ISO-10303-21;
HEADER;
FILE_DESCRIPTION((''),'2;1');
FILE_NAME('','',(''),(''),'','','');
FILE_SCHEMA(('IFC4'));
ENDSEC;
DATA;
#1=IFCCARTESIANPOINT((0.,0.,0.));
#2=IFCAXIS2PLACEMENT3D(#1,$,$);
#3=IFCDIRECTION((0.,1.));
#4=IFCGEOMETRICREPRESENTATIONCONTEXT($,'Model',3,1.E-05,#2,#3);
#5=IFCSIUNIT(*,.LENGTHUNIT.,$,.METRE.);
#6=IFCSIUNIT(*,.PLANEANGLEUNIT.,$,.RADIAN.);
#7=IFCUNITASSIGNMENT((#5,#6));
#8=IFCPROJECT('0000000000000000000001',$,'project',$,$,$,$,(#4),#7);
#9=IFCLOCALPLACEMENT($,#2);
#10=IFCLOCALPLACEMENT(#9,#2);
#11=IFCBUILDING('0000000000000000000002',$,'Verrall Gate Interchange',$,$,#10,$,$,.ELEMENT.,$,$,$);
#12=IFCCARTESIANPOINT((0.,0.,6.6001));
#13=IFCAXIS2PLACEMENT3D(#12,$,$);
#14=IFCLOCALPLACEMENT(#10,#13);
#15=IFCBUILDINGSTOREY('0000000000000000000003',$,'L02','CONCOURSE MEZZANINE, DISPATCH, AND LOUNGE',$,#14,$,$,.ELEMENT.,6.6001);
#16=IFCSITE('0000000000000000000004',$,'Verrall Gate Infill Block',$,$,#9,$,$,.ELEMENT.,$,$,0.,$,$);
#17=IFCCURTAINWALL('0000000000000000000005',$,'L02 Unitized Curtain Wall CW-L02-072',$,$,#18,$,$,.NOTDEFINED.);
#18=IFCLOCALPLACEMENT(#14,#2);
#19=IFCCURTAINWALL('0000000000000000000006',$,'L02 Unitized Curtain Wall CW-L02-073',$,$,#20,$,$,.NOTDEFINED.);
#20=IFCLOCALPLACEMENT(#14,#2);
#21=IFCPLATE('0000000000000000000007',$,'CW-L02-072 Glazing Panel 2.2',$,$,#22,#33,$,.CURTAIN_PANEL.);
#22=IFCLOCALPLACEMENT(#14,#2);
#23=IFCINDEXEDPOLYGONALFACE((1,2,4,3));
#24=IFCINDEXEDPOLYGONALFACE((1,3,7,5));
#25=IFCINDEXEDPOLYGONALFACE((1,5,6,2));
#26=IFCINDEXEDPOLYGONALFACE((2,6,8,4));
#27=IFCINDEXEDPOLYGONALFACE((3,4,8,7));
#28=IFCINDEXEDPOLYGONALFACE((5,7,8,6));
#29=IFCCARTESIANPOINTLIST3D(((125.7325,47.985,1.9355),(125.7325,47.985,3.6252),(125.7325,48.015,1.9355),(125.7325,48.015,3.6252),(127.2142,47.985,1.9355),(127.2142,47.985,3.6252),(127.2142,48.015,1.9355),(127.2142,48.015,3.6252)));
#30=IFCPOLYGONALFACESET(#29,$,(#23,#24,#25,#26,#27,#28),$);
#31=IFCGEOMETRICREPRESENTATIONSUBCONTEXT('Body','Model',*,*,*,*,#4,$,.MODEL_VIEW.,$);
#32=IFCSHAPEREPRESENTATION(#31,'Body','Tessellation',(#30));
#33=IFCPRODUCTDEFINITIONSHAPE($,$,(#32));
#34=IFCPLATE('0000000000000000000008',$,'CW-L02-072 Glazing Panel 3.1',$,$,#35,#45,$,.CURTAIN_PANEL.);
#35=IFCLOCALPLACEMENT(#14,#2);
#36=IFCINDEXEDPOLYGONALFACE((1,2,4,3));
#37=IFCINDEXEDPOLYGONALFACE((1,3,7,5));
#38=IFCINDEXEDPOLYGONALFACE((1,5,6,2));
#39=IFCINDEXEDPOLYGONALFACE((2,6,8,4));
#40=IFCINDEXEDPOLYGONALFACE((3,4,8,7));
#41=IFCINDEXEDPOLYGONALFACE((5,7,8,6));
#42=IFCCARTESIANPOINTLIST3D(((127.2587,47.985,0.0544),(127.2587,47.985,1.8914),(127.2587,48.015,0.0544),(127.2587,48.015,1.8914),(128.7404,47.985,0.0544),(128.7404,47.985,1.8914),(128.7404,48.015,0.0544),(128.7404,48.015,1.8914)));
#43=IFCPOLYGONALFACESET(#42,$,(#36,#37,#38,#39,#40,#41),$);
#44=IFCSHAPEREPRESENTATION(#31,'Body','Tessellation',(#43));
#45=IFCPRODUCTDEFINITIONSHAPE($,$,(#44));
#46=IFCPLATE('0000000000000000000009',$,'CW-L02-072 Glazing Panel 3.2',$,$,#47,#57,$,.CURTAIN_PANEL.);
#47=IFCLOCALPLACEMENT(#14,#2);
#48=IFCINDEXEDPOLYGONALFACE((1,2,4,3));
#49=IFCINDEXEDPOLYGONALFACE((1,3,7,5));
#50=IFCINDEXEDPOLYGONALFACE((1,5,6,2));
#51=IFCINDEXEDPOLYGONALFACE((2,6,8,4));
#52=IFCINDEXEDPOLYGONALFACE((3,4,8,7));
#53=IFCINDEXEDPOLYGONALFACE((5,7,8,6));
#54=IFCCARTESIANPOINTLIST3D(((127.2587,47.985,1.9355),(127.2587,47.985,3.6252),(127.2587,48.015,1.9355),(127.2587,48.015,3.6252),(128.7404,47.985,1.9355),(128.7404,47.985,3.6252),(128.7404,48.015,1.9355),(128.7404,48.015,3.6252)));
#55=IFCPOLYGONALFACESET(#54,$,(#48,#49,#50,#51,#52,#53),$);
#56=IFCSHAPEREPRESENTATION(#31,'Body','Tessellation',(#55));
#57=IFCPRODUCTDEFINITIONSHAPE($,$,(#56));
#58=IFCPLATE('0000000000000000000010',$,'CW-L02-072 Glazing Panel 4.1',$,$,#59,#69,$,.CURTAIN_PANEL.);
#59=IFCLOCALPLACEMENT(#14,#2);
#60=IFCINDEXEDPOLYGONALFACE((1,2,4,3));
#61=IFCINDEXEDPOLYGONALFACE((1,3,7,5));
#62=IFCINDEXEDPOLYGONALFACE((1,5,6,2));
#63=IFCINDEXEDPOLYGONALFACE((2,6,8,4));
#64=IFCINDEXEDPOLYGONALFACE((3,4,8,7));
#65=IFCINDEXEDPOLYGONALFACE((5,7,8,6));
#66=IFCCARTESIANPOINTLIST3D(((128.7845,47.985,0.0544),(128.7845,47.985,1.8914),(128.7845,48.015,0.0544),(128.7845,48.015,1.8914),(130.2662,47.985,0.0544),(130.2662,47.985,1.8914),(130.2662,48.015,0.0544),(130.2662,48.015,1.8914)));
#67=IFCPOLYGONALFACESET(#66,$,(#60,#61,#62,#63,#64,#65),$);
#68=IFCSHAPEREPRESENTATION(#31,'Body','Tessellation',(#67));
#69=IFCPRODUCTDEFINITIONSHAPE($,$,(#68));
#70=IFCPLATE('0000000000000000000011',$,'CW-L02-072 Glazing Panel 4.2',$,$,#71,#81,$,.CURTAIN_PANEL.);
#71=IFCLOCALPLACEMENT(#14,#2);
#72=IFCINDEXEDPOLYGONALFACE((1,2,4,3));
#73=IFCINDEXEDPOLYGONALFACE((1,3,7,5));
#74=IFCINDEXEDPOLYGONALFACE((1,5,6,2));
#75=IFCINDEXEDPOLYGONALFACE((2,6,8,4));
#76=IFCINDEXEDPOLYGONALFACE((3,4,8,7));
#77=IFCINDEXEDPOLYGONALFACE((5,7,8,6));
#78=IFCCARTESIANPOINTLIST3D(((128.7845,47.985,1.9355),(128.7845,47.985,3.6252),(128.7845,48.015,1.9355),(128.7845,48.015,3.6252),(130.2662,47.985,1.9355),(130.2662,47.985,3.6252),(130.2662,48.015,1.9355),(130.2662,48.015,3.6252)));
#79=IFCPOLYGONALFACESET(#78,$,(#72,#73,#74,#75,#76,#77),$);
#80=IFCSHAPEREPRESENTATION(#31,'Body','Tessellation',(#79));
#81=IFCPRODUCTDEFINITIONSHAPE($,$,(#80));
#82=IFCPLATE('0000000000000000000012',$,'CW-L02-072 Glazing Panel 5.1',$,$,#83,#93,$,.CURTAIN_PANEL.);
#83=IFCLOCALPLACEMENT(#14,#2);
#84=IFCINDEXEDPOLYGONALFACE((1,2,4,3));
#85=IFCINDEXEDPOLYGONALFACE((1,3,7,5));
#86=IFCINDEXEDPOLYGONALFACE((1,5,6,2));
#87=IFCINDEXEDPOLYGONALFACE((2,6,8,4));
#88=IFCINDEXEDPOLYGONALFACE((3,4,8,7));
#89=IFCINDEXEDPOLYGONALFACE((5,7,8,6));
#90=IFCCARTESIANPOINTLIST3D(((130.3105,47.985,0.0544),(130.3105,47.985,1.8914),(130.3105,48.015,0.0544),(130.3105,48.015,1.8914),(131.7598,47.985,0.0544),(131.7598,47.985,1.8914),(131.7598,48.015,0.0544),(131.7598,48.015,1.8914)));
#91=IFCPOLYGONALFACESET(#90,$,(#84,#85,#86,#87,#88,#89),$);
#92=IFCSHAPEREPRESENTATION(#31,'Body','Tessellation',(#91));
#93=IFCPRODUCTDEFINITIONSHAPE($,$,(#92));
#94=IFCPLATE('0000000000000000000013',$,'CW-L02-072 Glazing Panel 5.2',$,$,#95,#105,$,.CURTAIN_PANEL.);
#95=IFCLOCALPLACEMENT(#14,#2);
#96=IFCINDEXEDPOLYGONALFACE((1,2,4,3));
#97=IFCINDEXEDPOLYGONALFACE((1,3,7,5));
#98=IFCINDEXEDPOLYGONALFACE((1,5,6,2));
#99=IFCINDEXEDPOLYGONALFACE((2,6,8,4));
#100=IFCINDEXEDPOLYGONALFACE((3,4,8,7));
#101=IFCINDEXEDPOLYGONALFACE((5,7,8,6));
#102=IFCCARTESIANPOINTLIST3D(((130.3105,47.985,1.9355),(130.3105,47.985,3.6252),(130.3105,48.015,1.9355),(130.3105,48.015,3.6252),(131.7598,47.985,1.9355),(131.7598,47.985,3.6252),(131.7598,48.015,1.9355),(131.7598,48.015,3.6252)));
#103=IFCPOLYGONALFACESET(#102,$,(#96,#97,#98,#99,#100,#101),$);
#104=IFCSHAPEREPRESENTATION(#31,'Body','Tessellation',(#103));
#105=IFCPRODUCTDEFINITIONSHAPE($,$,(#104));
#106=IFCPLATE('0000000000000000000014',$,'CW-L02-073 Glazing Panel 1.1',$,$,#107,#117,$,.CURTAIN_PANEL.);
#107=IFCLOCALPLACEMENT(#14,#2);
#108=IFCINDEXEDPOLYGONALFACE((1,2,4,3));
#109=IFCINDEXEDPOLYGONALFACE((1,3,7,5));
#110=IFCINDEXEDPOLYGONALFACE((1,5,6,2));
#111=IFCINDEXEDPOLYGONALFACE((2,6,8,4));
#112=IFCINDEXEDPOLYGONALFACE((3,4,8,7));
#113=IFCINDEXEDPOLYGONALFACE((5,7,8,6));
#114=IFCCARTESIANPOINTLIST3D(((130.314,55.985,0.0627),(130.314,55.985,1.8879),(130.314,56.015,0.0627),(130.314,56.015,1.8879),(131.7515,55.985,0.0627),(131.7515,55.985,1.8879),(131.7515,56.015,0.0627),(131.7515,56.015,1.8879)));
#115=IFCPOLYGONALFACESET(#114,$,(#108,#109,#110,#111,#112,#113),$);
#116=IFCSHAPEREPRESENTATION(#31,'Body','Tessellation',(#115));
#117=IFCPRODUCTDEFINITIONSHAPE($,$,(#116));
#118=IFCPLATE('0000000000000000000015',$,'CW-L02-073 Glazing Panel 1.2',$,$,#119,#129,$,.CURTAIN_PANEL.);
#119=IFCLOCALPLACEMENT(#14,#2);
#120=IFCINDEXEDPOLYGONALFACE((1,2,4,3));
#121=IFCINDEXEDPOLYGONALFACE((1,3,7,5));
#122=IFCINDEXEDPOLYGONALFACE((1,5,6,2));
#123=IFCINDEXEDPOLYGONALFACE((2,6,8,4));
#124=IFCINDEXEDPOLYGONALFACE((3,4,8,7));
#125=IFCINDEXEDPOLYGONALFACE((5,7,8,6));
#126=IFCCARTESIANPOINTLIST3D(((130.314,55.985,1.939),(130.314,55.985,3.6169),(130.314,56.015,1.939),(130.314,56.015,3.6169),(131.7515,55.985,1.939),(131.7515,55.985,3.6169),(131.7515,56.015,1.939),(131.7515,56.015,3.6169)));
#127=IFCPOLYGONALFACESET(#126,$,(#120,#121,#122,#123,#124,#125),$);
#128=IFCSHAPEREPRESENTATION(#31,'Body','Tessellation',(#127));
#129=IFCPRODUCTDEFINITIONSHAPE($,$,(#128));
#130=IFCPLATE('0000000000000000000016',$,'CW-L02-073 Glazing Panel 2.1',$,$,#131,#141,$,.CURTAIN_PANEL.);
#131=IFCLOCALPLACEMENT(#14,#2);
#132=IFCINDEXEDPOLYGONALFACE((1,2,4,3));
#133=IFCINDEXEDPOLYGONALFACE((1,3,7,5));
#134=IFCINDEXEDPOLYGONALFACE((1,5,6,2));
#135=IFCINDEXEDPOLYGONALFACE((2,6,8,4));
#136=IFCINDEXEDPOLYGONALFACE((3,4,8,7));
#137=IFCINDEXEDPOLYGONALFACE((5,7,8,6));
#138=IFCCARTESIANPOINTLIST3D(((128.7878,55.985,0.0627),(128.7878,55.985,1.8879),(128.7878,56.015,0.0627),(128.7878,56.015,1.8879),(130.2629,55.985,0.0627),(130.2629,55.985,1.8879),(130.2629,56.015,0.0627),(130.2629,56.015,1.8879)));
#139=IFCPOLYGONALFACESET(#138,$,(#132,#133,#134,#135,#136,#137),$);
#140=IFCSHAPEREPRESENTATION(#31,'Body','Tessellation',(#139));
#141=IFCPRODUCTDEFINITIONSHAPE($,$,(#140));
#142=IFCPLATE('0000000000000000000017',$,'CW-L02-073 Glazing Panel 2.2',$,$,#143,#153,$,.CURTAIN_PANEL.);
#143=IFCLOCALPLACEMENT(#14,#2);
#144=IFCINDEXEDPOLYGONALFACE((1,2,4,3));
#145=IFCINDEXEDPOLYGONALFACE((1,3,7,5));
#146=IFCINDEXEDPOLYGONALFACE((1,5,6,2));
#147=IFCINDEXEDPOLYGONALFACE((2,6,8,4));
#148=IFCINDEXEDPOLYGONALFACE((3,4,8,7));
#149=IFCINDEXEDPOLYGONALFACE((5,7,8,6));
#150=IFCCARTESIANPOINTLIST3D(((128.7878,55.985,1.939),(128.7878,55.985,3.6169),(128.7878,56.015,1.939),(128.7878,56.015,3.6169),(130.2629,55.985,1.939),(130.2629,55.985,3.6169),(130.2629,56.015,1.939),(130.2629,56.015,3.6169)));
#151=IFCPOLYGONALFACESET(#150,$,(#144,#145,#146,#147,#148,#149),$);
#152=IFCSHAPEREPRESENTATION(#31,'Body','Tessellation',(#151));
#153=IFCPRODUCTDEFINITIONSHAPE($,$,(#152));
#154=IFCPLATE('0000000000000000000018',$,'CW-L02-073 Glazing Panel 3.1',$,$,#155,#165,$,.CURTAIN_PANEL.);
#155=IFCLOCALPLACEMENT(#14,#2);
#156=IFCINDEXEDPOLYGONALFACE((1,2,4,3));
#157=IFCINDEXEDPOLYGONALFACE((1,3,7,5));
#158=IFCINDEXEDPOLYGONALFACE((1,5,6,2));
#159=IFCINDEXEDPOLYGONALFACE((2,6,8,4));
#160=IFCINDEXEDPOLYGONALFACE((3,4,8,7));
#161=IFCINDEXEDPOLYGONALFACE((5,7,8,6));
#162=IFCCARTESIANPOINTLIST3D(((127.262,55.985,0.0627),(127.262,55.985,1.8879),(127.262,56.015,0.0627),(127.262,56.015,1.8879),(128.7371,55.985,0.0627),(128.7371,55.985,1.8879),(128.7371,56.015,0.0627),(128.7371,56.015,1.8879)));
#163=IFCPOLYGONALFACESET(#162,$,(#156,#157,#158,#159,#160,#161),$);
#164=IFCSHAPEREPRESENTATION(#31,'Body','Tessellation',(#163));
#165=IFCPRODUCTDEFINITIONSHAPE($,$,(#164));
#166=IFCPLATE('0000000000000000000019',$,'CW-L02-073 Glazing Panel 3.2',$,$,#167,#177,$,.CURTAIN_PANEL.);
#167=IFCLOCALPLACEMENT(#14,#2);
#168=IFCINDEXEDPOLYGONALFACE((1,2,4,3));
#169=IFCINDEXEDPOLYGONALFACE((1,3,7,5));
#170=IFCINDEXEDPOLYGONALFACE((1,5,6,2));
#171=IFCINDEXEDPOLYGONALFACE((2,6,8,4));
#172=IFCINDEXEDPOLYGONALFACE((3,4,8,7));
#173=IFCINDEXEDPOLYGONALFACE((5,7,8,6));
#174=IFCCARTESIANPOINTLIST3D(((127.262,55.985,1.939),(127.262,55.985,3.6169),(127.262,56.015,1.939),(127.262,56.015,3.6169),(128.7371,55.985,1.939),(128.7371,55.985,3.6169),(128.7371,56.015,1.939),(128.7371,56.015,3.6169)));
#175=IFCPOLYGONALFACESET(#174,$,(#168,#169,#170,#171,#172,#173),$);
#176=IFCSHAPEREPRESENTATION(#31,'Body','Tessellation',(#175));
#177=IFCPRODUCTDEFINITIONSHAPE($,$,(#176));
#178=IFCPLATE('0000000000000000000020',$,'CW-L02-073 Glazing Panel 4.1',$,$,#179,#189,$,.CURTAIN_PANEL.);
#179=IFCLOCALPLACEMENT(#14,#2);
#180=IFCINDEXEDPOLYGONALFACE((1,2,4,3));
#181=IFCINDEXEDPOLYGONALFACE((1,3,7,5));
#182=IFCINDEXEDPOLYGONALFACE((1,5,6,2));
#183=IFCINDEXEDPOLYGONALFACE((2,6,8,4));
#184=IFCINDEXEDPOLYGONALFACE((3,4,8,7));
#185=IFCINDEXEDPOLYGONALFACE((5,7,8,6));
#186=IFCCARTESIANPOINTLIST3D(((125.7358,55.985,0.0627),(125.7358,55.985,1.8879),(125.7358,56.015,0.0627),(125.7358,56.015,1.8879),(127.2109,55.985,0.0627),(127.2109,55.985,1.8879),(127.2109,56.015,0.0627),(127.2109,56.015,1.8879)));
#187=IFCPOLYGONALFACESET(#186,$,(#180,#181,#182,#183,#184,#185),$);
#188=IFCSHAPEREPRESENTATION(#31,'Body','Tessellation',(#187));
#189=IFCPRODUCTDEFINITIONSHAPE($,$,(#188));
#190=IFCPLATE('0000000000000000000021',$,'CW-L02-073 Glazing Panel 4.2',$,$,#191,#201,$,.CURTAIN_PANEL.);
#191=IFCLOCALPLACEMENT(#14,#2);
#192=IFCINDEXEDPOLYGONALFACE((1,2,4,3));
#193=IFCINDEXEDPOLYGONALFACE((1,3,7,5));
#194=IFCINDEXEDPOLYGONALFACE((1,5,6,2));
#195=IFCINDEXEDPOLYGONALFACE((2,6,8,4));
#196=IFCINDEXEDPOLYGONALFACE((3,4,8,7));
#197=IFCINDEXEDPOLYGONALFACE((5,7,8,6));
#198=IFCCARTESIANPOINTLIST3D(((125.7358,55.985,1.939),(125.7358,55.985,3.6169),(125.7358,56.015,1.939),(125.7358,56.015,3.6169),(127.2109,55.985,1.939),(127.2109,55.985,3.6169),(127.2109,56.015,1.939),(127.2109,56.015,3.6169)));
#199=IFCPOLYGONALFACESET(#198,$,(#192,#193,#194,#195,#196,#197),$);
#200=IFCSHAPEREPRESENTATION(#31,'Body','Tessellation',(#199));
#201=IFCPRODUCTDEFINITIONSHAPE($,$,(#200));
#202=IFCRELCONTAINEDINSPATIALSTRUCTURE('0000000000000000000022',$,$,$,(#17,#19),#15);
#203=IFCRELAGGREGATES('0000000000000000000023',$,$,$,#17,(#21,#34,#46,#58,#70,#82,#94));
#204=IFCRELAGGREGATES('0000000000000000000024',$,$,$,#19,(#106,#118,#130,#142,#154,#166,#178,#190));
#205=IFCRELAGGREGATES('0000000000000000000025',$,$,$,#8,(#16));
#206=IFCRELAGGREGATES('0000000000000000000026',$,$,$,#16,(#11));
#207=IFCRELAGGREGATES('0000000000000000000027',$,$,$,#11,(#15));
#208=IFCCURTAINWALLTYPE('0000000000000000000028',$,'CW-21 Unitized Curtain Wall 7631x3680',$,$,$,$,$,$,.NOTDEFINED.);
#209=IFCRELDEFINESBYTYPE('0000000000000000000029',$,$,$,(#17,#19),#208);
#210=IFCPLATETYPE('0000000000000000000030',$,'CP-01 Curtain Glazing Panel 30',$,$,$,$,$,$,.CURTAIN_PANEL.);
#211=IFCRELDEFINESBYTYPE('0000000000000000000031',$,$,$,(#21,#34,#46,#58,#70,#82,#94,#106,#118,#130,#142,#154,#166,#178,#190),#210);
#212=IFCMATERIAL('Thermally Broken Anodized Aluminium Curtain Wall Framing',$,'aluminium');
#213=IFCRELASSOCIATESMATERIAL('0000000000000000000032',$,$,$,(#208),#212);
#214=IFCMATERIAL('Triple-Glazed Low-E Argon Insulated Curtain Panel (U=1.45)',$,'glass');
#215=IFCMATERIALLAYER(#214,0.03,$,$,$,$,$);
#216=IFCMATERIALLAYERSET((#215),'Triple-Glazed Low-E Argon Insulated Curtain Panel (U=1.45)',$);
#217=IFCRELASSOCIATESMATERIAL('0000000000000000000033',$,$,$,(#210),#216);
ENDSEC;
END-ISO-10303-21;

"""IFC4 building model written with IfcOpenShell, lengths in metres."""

from ifc_helpers import new_model, si_unit, direction, frame, origin, origin_2d, place, context, subcontext, project, spatial, rectangle, extrude, material, layer, layer_set, type_object, element, aggregate, save


model = new_model("IFC4")

# Units and contexts
model_context = context("Model", 3, precision=1e-05, world=origin(), true_north=direction((0.0, 1.0)))
body_context = subcontext(model_context, "Body", "Model", "MODEL_VIEW")
ifc_project = project(units=[si_unit("LENGTHUNIT", "METRE"), si_unit("PLANEANGLEUNIT", "RADIAN")], contexts=[model_context])

# Site, building, storey
site_placement = place(None, origin())
site = spatial("IfcSite", under=ifc_project, at=site_placement, Name="Verrall Gate Infill Block", CompositionType="ELEMENT", RefElevation=0.0)
building_placement = place(site_placement, origin())
building = spatial("IfcBuilding", under=site, at=building_placement, Name="Verrall Gate Interchange", CompositionType="ELEMENT")
storey_placement = place(building_placement, frame((0.0, 0.0, 6.6001)))
storey = spatial("IfcBuildingStorey", under=building, at=storey_placement, Name="L02", Description="CONCOURSE MEZZANINE, DISPATCH, AND LOUNGE", CompositionType="ELEMENT", Elevation=6.6001)

# Curtain walls
ifc_material_1 = material(Name="Thermally Broken Anodized Aluminium Curtain Wall Framing", Category="aluminium")
curtain_wall_type = type_object("IfcCurtainWallType", Name="CW-21 Unitized Curtain Wall 7631x3680", PredefinedType="NOTDEFINED", material=ifc_material_1)
curtain_wall_1_placement = place(storey_placement, origin())
curtain_wall_1 = element("IfcCurtainWall", 1, at=curtain_wall_1_placement, inside=storey, type_object=curtain_wall_type, Name="L02 Unitized Curtain Wall CW-L02-072", PredefinedType="NOTDEFINED")
curtain_wall_2_placement = place(storey_placement, origin())
curtain_wall_2 = element("IfcCurtainWall", 2, at=curtain_wall_2_placement, inside=storey, type_object=curtain_wall_type, Name="L02 Unitized Curtain Wall CW-L02-073", PredefinedType="NOTDEFINED")

# Plates
ifc_material_2 = material(Name="Triple-Glazed Low-E Argon Insulated Curtain Panel (U=1.45)", Category="glass")
ifc_layer_1 = layer(ifc_material_2, 0.03)
ifc_layer_set_1 = layer_set([ifc_layer_1], Name="Triple-Glazed Low-E Argon Insulated Curtain Panel (U=1.45)")
plate_type = type_object("IfcPlateType", Name="CP-01 Curtain Glazing Panel 30", PredefinedType="CURTAIN_PANEL", material=ifc_layer_set_1)
plate_1_placement = place(storey_placement, frame((126.4734, 48.0, 1.9355), z_axis=(0.0, 0.0, 1.0), x_axis=(1.0, 0.0, 0.0)))
plate_1 = element("IfcPlate", 3, at=plate_1_placement, type_object=plate_type, Name="CW-L02-072 Glazing Panel 2.2", PredefinedType="CURTAIN_PANEL", context=body_context, shape_type="SweptSolid", body=[
    extrude(rectangle(XDim=1.4817, YDim=0.03, at=origin_2d()), origin(), (0.0, 0.0, 1.0), 1.6897),
])
plate_2_placement = place(storey_placement, frame((127.9995, 48.0, 0.0544), z_axis=(0.0, 0.0, 1.0), x_axis=(1.0, 0.0, 0.0)))
plate_2 = element("IfcPlate", 4, at=plate_2_placement, type_object=plate_type, Name="CW-L02-072 Glazing Panel 3.1", PredefinedType="CURTAIN_PANEL", context=body_context, shape_type="SweptSolid", body=[
    extrude(rectangle(XDim=1.4817, YDim=0.03, at=origin_2d()), origin(), (0.0, 0.0, 1.0), 1.8369),
])
plate_3_placement = place(storey_placement, frame((127.9995, 48.0, 1.9355), z_axis=(0.0, 0.0, 1.0), x_axis=(1.0, 0.0, 0.0)))
plate_3 = element("IfcPlate", 5, at=plate_3_placement, type_object=plate_type, Name="CW-L02-072 Glazing Panel 3.2", PredefinedType="CURTAIN_PANEL", context=body_context, shape_type="SweptSolid", body=[
    extrude(rectangle(XDim=1.4817, YDim=0.03, at=origin_2d()), origin(), (0.0, 0.0, 1.0), 1.6897),
])
plate_4_placement = place(storey_placement, frame((129.5254, 48.0, 0.0544), z_axis=(0.0, 0.0, 1.0), x_axis=(1.0, 0.0, 0.0)))
plate_4 = element("IfcPlate", 6, at=plate_4_placement, type_object=plate_type, Name="CW-L02-072 Glazing Panel 4.1", PredefinedType="CURTAIN_PANEL", context=body_context, shape_type="SweptSolid", body=[
    extrude(rectangle(XDim=1.4817, YDim=0.03, at=origin_2d()), origin(), (0.0, 0.0, 1.0), 1.8369),
])
plate_5_placement = place(storey_placement, frame((129.5254, 48.0, 1.9355), z_axis=(0.0, 0.0, 1.0), x_axis=(1.0, 0.0, 0.0)))
plate_5 = element("IfcPlate", 7, at=plate_5_placement, type_object=plate_type, Name="CW-L02-072 Glazing Panel 4.2", PredefinedType="CURTAIN_PANEL", context=body_context, shape_type="SweptSolid", body=[
    extrude(rectangle(XDim=1.4817, YDim=0.03, at=origin_2d()), origin(), (0.0, 0.0, 1.0), 1.6897),
])
plate_6_placement = place(storey_placement, frame((131.0352, 48.0, 0.0544), z_axis=(0.0, 0.0, 1.0), x_axis=(1.0, 0.0, 0.0)))
plate_6 = element("IfcPlate", 8, at=plate_6_placement, type_object=plate_type, Name="CW-L02-072 Glazing Panel 5.1", PredefinedType="CURTAIN_PANEL", context=body_context, shape_type="SweptSolid", body=[
    extrude(rectangle(XDim=1.4492, YDim=0.03, at=origin_2d()), origin(), (0.0, 0.0, 1.0), 1.8369),
])
plate_7_placement = place(storey_placement, frame((131.0352, 48.0, 1.9355), z_axis=(0.0, 0.0, 1.0), x_axis=(1.0, 0.0, 0.0)))
plate_7 = element("IfcPlate", 9, at=plate_7_placement, type_object=plate_type, Name="CW-L02-072 Glazing Panel 5.2", PredefinedType="CURTAIN_PANEL", context=body_context, shape_type="SweptSolid", body=[
    extrude(rectangle(XDim=1.4492, YDim=0.03, at=origin_2d()), origin(), (0.0, 0.0, 1.0), 1.6897),
])
aggregate(curtain_wall_1, [plate_1, plate_2, plate_3, plate_4, plate_5, plate_6, plate_7])
plate_8_placement = place(storey_placement, frame((131.0327, 56.0, 0.0627), z_axis=(0.0, 0.0, 1.0), x_axis=(-1.0, 0.0, 0.0)))
plate_8 = element("IfcPlate", 10, at=plate_8_placement, type_object=plate_type, Name="CW-L02-073 Glazing Panel 1.1", PredefinedType="CURTAIN_PANEL", context=body_context, shape_type="SweptSolid", body=[
    extrude(rectangle(XDim=1.4375, YDim=0.03, at=origin_2d()), origin(), (0.0, 0.0, 1.0), 1.8252),
])
plate_9_placement = place(storey_placement, frame((131.0327, 56.0, 1.939), z_axis=(0.0, 0.0, 1.0), x_axis=(-1.0, 0.0, 0.0)))
plate_9 = element("IfcPlate", 11, at=plate_9_placement, type_object=plate_type, Name="CW-L02-073 Glazing Panel 1.2", PredefinedType="CURTAIN_PANEL", context=body_context, shape_type="SweptSolid", body=[
    extrude(rectangle(XDim=1.4375, YDim=0.03, at=origin_2d()), origin(), (0.0, 0.0, 1.0), 1.678),
])
plate_10_placement = place(storey_placement, frame((129.5254, 56.0, 0.0627), z_axis=(0.0, 0.0, 1.0), x_axis=(-1.0, 0.0, 0.0)))
plate_10 = element("IfcPlate", 12, at=plate_10_placement, type_object=plate_type, Name="CW-L02-073 Glazing Panel 2.1", PredefinedType="CURTAIN_PANEL", context=body_context, shape_type="SweptSolid", body=[
    extrude(rectangle(XDim=1.4751, YDim=0.03, at=origin_2d()), origin(), (0.0, 0.0, 1.0), 1.8252),
])
plate_11_placement = place(storey_placement, frame((129.5254, 56.0, 1.939), z_axis=(0.0, 0.0, 1.0), x_axis=(-1.0, 0.0, 0.0)))
plate_11 = element("IfcPlate", 13, at=plate_11_placement, type_object=plate_type, Name="CW-L02-073 Glazing Panel 2.2", PredefinedType="CURTAIN_PANEL", context=body_context, shape_type="SweptSolid", body=[
    extrude(rectangle(XDim=1.4751, YDim=0.03, at=origin_2d()), origin(), (0.0, 0.0, 1.0), 1.678),
])
plate_12_placement = place(storey_placement, frame((127.9995, 56.0, 0.0627), z_axis=(0.0, 0.0, 1.0), x_axis=(-1.0, 0.0, 0.0)))
plate_12 = element("IfcPlate", 14, at=plate_12_placement, type_object=plate_type, Name="CW-L02-073 Glazing Panel 3.1", PredefinedType="CURTAIN_PANEL", context=body_context, shape_type="SweptSolid", body=[
    extrude(rectangle(XDim=1.4751, YDim=0.03, at=origin_2d()), origin(), (0.0, 0.0, 1.0), 1.8252),
])
plate_13_placement = place(storey_placement, frame((127.9995, 56.0, 1.939), z_axis=(0.0, 0.0, 1.0), x_axis=(-1.0, 0.0, 0.0)))
plate_13 = element("IfcPlate", 15, at=plate_13_placement, type_object=plate_type, Name="CW-L02-073 Glazing Panel 3.2", PredefinedType="CURTAIN_PANEL", context=body_context, shape_type="SweptSolid", body=[
    extrude(rectangle(XDim=1.4751, YDim=0.03, at=origin_2d()), origin(), (0.0, 0.0, 1.0), 1.678),
])
plate_14_placement = place(storey_placement, frame((126.4734, 56.0, 0.0627), z_axis=(0.0, 0.0, 1.0), x_axis=(-1.0, 0.0, 0.0)))
plate_14 = element("IfcPlate", 16, at=plate_14_placement, type_object=plate_type, Name="CW-L02-073 Glazing Panel 4.1", PredefinedType="CURTAIN_PANEL", context=body_context, shape_type="SweptSolid", body=[
    extrude(rectangle(XDim=1.4751, YDim=0.03, at=origin_2d()), origin(), (0.0, 0.0, 1.0), 1.8252),
])
plate_15_placement = place(storey_placement, frame((126.4734, 56.0, 1.939), z_axis=(0.0, 0.0, 1.0), x_axis=(-1.0, 0.0, 0.0)))
plate_15 = element("IfcPlate", 17, at=plate_15_placement, type_object=plate_type, Name="CW-L02-073 Glazing Panel 4.2", PredefinedType="CURTAIN_PANEL", context=body_context, shape_type="SweptSolid", body=[
    extrude(rectangle(XDim=1.4751, YDim=0.03, at=origin_2d()), origin(), (0.0, 0.0, 1.0), 1.678),
])
aggregate(curtain_wall_2, [plate_8, plate_9, plate_10, plate_11, plate_12, plate_13, plate_14, plate_15])

save(model, "model.ifc")
